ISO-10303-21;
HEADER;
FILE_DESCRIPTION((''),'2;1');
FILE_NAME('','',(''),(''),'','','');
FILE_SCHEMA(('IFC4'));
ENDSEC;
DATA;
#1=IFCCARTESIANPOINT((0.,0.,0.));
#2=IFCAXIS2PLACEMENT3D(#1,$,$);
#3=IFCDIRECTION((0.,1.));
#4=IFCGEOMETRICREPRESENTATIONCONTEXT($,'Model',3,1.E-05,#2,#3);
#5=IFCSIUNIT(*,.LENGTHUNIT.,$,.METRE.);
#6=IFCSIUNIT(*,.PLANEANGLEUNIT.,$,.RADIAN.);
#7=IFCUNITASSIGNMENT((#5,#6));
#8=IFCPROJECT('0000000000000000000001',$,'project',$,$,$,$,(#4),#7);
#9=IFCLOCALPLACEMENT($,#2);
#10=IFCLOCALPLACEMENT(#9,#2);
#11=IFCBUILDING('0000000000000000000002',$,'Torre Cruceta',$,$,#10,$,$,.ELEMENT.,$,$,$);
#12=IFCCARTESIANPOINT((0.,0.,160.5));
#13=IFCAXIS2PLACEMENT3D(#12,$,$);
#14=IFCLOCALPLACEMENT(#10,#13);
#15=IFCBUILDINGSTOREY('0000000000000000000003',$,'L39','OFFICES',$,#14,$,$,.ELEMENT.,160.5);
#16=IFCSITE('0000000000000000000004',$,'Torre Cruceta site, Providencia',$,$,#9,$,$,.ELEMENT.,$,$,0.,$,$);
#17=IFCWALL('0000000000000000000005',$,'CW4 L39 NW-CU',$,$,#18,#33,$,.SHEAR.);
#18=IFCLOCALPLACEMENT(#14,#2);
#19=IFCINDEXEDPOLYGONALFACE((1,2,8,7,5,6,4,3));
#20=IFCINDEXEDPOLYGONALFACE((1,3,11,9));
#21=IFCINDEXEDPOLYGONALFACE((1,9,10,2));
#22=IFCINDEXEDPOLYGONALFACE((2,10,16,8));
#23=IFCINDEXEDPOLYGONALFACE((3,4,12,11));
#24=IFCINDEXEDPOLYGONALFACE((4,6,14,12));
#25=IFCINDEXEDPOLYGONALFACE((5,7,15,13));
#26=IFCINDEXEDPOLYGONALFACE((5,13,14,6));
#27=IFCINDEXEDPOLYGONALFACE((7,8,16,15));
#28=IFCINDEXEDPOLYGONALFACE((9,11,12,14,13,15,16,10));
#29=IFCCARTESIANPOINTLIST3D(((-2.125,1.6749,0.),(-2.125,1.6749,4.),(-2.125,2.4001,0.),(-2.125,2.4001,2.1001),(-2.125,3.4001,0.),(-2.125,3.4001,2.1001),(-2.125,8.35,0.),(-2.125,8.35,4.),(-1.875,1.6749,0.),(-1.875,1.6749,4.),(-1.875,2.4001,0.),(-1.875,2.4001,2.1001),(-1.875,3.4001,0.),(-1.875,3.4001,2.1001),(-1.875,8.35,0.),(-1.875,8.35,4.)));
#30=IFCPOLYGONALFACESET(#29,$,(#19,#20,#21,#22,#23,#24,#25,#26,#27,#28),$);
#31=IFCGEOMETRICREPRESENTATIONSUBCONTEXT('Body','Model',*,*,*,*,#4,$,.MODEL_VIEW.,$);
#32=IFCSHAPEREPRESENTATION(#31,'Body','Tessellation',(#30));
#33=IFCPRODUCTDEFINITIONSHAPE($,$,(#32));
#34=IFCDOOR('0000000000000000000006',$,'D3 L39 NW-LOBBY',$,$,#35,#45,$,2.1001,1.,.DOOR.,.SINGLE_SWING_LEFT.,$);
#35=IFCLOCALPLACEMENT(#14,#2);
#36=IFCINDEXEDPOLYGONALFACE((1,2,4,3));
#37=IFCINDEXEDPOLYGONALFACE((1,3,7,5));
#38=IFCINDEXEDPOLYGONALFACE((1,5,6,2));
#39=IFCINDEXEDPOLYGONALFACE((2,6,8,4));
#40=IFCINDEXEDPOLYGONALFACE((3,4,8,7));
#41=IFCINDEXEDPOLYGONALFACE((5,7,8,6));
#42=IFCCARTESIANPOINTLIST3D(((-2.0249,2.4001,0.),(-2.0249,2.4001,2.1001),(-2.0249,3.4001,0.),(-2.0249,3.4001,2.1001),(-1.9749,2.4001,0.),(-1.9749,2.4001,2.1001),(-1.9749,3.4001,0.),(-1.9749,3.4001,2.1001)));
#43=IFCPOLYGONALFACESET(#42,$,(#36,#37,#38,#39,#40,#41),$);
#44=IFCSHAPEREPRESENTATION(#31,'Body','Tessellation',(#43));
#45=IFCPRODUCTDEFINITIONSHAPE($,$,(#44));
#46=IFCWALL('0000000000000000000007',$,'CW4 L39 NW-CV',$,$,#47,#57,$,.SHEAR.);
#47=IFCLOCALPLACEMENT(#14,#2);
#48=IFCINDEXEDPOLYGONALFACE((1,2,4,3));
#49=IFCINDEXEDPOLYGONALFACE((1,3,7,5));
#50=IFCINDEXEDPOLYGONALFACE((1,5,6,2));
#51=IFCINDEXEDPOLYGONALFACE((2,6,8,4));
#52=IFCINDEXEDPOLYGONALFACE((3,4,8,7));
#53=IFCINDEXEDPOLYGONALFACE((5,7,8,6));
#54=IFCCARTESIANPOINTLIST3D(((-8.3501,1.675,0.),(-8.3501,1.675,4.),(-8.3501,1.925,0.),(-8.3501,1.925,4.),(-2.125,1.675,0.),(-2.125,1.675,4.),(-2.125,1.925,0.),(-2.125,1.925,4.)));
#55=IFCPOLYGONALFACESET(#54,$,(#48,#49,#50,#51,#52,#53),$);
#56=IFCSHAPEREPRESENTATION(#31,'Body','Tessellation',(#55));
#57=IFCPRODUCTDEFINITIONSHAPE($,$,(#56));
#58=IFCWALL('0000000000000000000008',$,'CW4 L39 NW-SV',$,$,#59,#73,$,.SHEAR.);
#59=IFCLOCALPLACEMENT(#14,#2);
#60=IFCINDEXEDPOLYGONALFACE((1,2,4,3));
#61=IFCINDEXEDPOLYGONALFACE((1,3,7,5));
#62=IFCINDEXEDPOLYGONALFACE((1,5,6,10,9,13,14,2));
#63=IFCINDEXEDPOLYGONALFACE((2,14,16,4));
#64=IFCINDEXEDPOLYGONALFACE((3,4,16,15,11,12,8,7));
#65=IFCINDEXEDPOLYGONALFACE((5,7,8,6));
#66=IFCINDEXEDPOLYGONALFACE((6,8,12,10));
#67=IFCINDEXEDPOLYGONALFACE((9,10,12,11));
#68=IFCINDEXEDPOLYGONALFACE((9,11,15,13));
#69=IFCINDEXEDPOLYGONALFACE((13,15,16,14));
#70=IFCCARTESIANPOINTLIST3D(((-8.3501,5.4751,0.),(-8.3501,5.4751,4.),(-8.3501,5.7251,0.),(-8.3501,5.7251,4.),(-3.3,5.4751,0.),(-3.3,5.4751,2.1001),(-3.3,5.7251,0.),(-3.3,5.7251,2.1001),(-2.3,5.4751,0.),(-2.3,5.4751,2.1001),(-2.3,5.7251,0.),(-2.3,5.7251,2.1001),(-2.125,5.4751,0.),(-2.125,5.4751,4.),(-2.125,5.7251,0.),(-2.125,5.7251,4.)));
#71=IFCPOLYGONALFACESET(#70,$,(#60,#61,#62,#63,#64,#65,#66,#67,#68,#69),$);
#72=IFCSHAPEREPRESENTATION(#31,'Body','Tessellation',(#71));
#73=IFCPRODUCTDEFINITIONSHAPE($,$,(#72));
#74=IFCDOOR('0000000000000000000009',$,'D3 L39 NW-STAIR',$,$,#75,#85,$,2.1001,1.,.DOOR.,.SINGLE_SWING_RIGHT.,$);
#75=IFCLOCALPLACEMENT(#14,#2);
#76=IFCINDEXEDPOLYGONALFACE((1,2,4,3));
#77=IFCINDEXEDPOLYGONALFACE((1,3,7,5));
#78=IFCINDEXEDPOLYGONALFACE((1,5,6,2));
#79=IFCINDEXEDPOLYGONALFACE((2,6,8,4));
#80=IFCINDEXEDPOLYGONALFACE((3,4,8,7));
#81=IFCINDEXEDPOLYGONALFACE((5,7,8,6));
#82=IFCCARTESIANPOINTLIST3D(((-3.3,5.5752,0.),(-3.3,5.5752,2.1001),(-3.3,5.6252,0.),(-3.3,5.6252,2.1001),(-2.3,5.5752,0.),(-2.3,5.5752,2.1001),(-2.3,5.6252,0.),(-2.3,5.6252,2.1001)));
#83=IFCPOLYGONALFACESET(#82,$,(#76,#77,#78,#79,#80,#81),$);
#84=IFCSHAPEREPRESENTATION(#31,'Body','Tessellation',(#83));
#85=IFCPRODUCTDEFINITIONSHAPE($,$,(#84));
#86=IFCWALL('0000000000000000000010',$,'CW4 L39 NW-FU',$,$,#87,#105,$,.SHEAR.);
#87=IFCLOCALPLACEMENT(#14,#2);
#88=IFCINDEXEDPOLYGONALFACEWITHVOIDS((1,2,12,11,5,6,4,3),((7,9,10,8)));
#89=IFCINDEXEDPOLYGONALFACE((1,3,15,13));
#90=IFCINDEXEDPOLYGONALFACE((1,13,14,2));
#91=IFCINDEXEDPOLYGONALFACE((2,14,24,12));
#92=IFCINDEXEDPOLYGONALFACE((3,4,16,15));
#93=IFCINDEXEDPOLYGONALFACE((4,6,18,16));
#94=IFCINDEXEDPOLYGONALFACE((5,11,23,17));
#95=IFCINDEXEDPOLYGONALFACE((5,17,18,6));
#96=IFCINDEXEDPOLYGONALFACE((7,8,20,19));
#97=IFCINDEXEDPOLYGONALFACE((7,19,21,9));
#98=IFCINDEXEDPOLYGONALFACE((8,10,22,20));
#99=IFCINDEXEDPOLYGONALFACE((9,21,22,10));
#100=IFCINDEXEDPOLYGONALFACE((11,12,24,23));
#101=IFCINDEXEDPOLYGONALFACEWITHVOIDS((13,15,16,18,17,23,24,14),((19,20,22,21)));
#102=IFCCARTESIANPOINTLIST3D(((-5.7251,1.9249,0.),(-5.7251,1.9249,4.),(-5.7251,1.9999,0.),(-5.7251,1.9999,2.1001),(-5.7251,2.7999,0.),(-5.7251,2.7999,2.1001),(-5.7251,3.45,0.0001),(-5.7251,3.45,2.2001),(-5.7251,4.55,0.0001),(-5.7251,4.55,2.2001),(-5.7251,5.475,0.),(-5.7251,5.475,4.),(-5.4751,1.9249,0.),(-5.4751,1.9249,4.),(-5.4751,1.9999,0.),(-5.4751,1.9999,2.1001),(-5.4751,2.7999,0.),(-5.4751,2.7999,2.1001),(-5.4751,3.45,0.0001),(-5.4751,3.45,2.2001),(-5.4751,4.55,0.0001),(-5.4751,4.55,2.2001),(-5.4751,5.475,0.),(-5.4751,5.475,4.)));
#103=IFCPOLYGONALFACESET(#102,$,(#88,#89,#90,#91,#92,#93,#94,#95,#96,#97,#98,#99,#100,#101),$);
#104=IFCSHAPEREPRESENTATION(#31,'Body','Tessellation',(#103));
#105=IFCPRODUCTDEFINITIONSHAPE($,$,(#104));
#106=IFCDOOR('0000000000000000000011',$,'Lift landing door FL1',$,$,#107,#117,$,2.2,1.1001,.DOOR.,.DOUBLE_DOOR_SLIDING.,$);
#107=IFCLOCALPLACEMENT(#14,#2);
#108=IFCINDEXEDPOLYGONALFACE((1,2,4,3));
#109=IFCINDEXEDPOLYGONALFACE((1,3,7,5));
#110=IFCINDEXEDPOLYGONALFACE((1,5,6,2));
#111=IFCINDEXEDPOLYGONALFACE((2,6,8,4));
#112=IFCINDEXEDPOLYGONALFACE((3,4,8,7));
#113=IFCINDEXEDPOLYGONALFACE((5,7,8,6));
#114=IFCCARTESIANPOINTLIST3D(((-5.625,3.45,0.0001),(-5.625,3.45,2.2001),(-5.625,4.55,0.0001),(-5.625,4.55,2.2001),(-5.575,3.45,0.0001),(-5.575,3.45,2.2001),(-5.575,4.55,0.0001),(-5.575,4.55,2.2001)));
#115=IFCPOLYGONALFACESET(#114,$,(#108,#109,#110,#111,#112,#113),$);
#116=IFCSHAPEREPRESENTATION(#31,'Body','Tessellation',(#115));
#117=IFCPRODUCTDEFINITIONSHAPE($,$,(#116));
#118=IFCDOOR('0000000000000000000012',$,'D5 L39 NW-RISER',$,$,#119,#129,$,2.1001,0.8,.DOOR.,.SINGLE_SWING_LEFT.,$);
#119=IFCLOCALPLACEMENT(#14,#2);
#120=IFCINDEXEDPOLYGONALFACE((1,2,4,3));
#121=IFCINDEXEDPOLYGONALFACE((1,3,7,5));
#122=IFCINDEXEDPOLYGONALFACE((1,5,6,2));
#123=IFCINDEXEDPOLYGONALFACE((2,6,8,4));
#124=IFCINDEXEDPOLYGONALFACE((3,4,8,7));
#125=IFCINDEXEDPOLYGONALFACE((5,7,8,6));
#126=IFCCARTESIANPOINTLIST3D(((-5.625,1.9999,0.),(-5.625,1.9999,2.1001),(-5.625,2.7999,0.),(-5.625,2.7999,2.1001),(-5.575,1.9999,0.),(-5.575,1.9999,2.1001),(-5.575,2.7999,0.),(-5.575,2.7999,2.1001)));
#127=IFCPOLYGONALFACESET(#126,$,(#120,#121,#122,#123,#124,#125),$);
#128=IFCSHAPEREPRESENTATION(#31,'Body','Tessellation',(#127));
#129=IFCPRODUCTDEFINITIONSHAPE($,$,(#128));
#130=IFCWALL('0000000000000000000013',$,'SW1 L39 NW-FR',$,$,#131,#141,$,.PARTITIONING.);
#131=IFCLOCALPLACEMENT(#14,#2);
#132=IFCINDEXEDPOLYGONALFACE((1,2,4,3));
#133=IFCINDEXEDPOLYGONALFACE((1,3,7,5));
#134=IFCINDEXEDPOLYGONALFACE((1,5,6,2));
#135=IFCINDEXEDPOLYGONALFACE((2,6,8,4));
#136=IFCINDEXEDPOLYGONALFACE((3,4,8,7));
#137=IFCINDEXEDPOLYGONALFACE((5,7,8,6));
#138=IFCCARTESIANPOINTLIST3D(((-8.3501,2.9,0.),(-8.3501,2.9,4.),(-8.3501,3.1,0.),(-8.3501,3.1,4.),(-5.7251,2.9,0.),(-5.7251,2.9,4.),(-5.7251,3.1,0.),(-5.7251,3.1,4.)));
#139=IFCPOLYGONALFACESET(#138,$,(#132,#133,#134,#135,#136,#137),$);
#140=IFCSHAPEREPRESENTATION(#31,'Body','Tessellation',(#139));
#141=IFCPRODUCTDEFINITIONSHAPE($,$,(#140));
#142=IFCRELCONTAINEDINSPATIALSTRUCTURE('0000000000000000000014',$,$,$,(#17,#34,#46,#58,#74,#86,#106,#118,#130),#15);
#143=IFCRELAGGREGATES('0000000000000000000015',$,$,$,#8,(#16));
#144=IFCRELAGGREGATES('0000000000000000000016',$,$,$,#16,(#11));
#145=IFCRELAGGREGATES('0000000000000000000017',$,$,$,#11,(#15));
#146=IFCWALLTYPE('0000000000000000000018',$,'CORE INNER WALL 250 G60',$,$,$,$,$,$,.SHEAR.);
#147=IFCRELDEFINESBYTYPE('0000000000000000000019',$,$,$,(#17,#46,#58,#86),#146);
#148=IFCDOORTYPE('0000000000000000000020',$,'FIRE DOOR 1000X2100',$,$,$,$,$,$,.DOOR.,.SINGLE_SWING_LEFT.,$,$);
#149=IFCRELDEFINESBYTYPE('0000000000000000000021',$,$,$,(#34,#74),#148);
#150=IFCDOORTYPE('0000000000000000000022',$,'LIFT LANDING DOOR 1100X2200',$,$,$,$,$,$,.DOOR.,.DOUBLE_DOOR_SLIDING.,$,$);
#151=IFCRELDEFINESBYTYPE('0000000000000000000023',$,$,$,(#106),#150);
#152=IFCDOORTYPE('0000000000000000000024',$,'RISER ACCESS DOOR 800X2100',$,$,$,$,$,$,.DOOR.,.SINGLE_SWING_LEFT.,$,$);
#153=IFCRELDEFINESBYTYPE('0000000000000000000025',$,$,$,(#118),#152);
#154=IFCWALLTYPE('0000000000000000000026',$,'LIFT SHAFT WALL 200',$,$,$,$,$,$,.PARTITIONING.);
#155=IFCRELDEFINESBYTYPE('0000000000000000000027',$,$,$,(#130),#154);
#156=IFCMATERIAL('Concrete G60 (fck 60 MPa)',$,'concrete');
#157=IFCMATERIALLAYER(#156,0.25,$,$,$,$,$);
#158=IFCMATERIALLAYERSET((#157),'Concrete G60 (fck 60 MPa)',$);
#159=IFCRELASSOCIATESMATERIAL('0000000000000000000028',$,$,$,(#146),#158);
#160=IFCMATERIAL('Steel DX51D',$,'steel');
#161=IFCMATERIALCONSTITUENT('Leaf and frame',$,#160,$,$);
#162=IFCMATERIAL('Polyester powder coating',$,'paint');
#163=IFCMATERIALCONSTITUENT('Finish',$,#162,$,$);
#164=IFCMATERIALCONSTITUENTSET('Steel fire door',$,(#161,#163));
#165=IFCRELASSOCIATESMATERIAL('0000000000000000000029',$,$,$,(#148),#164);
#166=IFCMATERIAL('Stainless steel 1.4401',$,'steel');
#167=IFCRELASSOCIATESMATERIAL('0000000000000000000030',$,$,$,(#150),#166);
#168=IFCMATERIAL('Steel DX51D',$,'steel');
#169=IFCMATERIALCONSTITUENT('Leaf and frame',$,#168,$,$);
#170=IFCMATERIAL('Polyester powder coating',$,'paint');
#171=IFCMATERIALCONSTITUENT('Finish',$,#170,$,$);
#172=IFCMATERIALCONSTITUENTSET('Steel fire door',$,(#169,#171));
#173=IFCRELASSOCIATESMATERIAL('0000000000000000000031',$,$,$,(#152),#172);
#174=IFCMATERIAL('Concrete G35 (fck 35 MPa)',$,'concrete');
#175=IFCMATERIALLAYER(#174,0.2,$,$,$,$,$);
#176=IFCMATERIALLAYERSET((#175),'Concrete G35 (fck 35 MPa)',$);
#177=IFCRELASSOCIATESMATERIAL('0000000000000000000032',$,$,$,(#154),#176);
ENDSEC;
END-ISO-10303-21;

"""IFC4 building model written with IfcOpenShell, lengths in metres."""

from ifc_helpers import new_model, si_unit, direction, frame, frame_2d, origin, place, context, subcontext, project, spatial, rectangle, extrude, material, layer, layer_set, constituent, constituent_set, type_object, element, fill, save


model = new_model("IFC4")

# Units and contexts
model_context = context("Model", 3, precision=1e-05, world=origin(), true_north=direction((0.0, 1.0)))
body_context = subcontext(model_context, "Body", "Model", "MODEL_VIEW")
ifc_project = project(units=[si_unit("LENGTHUNIT", "METRE"), si_unit("PLANEANGLEUNIT", "RADIAN")], contexts=[model_context])

# Site, building, storey
site_placement = place(None, origin())
site = spatial("IfcSite", under=ifc_project, at=site_placement, Name="Torre Cruceta site, Providencia", CompositionType="ELEMENT", RefElevation=0.0)
building_placement = place(site_placement, origin())
building = spatial("IfcBuilding", under=site, at=building_placement, Name="Torre Cruceta", CompositionType="ELEMENT")
storey_placement = place(building_placement, frame((0.0, 0.0, 160.5)))
storey = spatial("IfcBuildingStorey", under=building, at=storey_placement, Name="L39", Description="OFFICES", CompositionType="ELEMENT", Elevation=160.5)

# Wall, opening, door
ifc_material_1 = material(Name="Concrete G60 (fck 60 MPa)", Category="concrete")
ifc_layer_1 = layer(ifc_material_1, 0.25)
ifc_layer_set_1 = layer_set([ifc_layer_1], Name="Concrete G60 (fck 60 MPa)")
wall_type_1 = type_object("IfcWallType", Name="CORE INNER WALL 250 G60", PredefinedType="SHEAR", material=ifc_layer_set_1)
wall_1_placement = place(storey_placement, frame((-2.0, 1.675, 0.0), z_axis=(0.0, 0.0, 1.0), x_axis=(0.0, 1.0, 0.0)))
wall_1 = element("IfcWall", 1, at=wall_1_placement, inside=storey, type_object=wall_type_1, Name="CW4 L39 NW-CU", PredefinedType="SHEAR", context=body_context, shape_type="SweptSolid", body=[
    extrude(rectangle(XDim=6.675, YDim=0.25, at=frame_2d((3.3374, 0.0))), origin(), (0.0, 0.0, 1.0), 4.0),
])
opening_1_placement = place(wall_1_placement, frame((0.7251, 0.0, 0.0)))
opening_1 = element("IfcOpeningElement", 2, at=opening_1_placement, cuts=wall_1, PredefinedType="OPENING", context=body_context, shape_type="SweptSolid", body=[
    extrude(rectangle(XDim=1.0, YDim=2.1001, at=frame_2d((0.5, 1.05))), frame((0.0, 0.135, 0.0), z_axis=(0.0, -1.0, 0.0), x_axis=(1.0, 0.0, 0.0)), (0.0, 0.0, 1.0), 0.27),
])
ifc_material_2 = material(Name="Steel DX51D", Category="steel")
ifc_constituent_1 = constituent(ifc_material_2, Name="Leaf and frame")
ifc_material_3 = material(Name="Polyester powder coating", Category="paint")
ifc_constituent_2 = constituent(ifc_material_3, Name="Finish")
ifc_constituent_set_1 = constituent_set(constituents=[ifc_constituent_1, ifc_constituent_2], Name="Steel fire door")
door_type_1 = type_object("IfcDoorType", Name="FIRE DOOR 1000X2100", OperationType="SINGLE_SWING_LEFT", PredefinedType="DOOR", material=ifc_constituent_set_1)
door_1_placement = place(opening_1_placement, origin())
door_1 = element("IfcDoor", 3, at=door_1_placement, inside=storey, type_object=door_type_1, Name="D3 L39 NW-LOBBY", OperationType="SINGLE_SWING_LEFT", OverallHeight=2.1001, OverallWidth=1.0, PredefinedType="DOOR", context=body_context, shape_type="SweptSolid", body=[
    extrude(rectangle(XDim=1.0, YDim=2.1001, at=frame_2d((0.5, 1.05))), frame((0.0, 0.0249, 0.0), z_axis=(0.0, -1.0, 0.0), x_axis=(1.0, 0.0, 0.0)), (0.0, 0.0, 1.0), 0.05),
])
fill(opening_1, door_1)

# Wall
wall_2_placement = place(storey_placement, frame((-2.125, 1.8, 0.0), z_axis=(0.0, 0.0, 1.0), x_axis=(-1.0, 0.0, 0.0)))
element("IfcWall", 4, at=wall_2_placement, inside=storey, type_object=wall_type_1, Name="CW4 L39 NW-CV", PredefinedType="SHEAR", context=body_context, shape_type="SweptSolid", body=[
    extrude(rectangle(XDim=6.2251, YDim=0.25, at=frame_2d((3.1125, 0.0))), origin(), (0.0, 0.0, 1.0), 4.0),
])

# Wall, opening, door
wall_3_placement = place(storey_placement, frame((-2.125, 5.6001, 0.0), z_axis=(0.0, 0.0, 1.0), x_axis=(-1.0, 0.0, 0.0)))
wall_3 = element("IfcWall", 5, at=wall_3_placement, inside=storey, type_object=wall_type_1, Name="CW4 L39 NW-SV", PredefinedType="SHEAR", context=body_context, shape_type="SweptSolid", body=[
    extrude(rectangle(XDim=6.2251, YDim=0.25, at=frame_2d((3.1125, 0.0))), origin(), (0.0, 0.0, 1.0), 4.0),
])
opening_2_placement = place(wall_3_placement, frame((0.175, 0.0, 0.0)))
opening_2 = element("IfcOpeningElement", 6, at=opening_2_placement, cuts=wall_3, PredefinedType="OPENING", context=body_context, shape_type="SweptSolid", body=[
    extrude(rectangle(XDim=1.0, YDim=2.1001, at=frame_2d((0.5, 1.05))), frame((0.0, 0.135, 0.0), z_axis=(0.0, -1.0, 0.0), x_axis=(1.0, 0.0, 0.0)), (0.0, 0.0, 1.0), 0.27),
])
door_2_placement = place(opening_2_placement, frame((1.0, 0.0, 0.0), z_axis=(0.0, 0.0, 1.0), x_axis=(-1.0, 0.0, 0.0)))
door_2 = element("IfcDoor", 7, at=door_2_placement, inside=storey, type_object=door_type_1, Name="D3 L39 NW-STAIR", OperationType="SINGLE_SWING_RIGHT", OverallHeight=2.1001, OverallWidth=1.0, PredefinedType="DOOR", context=body_context, shape_type="SweptSolid", body=[
    extrude(rectangle(XDim=1.0, YDim=2.1001, at=frame_2d((0.5, 1.05))), frame((0.0, 0.0251, 0.0), z_axis=(0.0, -1.0, 0.0), x_axis=(1.0, 0.0, 0.0)), (0.0, 0.0, 1.0), 0.05),
])
fill(opening_2, door_2)

# Wall, openings, doors
wall_4_placement = place(storey_placement, frame((-5.6001, 1.925, 0.0), z_axis=(0.0, 0.0, 1.0), x_axis=(0.0, 1.0, 0.0)))
wall_4 = element("IfcWall", 8, at=wall_4_placement, inside=storey, type_object=wall_type_1, Name="CW4 L39 NW-FU", PredefinedType="SHEAR", context=body_context, shape_type="SweptSolid", body=[
    extrude(rectangle(XDim=3.55, YDim=0.25, at=frame_2d((1.7749, 0.0))), origin(), (0.0, 0.0, 1.0), 4.0),
])
opening_3_placement = place(wall_4_placement, frame((1.5249, 0.0, 0.0)))
opening_3 = element("IfcOpeningElement", 9, at=opening_3_placement, cuts=wall_4, PredefinedType="OPENING", context=body_context, shape_type="SweptSolid", body=[
    extrude(rectangle(XDim=1.1001, YDim=2.2, at=frame_2d((0.55, 1.1001))), frame((0.0, 0.135, 0.0), z_axis=(0.0, -1.0, 0.0), x_axis=(1.0, 0.0, 0.0)), (0.0, 0.0, 1.0), 0.27),
])
opening_4_placement = place(wall_4_placement, frame((0.075, 0.0, 0.0)))
opening_4 = element("IfcOpeningElement", 10, at=opening_4_placement, cuts=wall_4, PredefinedType="OPENING", context=body_context, shape_type="SweptSolid", body=[
    extrude(rectangle(XDim=0.8, YDim=2.1001, at=frame_2d((0.3999, 1.05))), frame((0.0, 0.135, 0.0), z_axis=(0.0, -1.0, 0.0), x_axis=(1.0, 0.0, 0.0)), (0.0, 0.0, 1.0), 0.27),
])
ifc_material_4 = material(Name="Stainless steel 1.4401", Category="steel")
door_type_2 = type_object("IfcDoorType", Name="LIFT LANDING DOOR 1100X2200", OperationType="DOUBLE_DOOR_SLIDING", PredefinedType="DOOR", material=ifc_material_4)
door_3_placement = place(opening_3_placement, origin())
door_3 = element("IfcDoor", 11, at=door_3_placement, inside=storey, type_object=door_type_2, Name="Lift landing door FL1", OperationType="DOUBLE_DOOR_SLIDING", OverallHeight=2.2, OverallWidth=1.1001, PredefinedType="DOOR", context=body_context, shape_type="SweptSolid", body=[
    extrude(rectangle(XDim=1.1001, YDim=2.2, at=frame_2d((0.55, 1.1001))), frame((0.0, 0.0249, 0.0), z_axis=(0.0, -1.0, 0.0), x_axis=(1.0, 0.0, 0.0)), (0.0, 0.0, 1.0), 0.05),
])
fill(opening_3, door_3)
ifc_material_5 = material(Name="Steel DX51D", Category="steel")
ifc_constituent_3 = constituent(ifc_material_5, Name="Leaf and frame")
ifc_material_6 = material(Name="Polyester powder coating", Category="paint")
ifc_constituent_4 = constituent(ifc_material_6, Name="Finish")
ifc_constituent_set_2 = constituent_set(constituents=[ifc_constituent_3, ifc_constituent_4], Name="Steel fire door")
door_type_3 = type_object("IfcDoorType", Name="RISER ACCESS DOOR 800X2100", OperationType="SINGLE_SWING_LEFT", PredefinedType="DOOR", material=ifc_constituent_set_2)
door_4_placement = place(opening_4_placement, origin())
door_4 = element("IfcDoor", 12, at=door_4_placement, inside=storey, type_object=door_type_3, Name="D5 L39 NW-RISER", OperationType="SINGLE_SWING_LEFT", OverallHeight=2.1001, OverallWidth=0.8, PredefinedType="DOOR", context=body_context, shape_type="SweptSolid", body=[
    extrude(rectangle(XDim=0.8, YDim=2.1001, at=frame_2d((0.3999, 1.05))), frame((0.0, 0.0249, 0.0), z_axis=(0.0, -1.0, 0.0), x_axis=(1.0, 0.0, 0.0)), (0.0, 0.0, 1.0), 0.05),
])
fill(opening_4, door_4)

# Wall
ifc_material_7 = material(Name="Concrete G35 (fck 35 MPa)", Category="concrete")
ifc_layer_2 = layer(ifc_material_7, 0.2)
ifc_layer_set_2 = layer_set([ifc_layer_2], Name="Concrete G35 (fck 35 MPa)")
wall_type_2 = type_object("IfcWallType", Name="LIFT SHAFT WALL 200", PredefinedType="PARTITIONING", material=ifc_layer_set_2)
wall_5_placement = place(storey_placement, frame((-5.7251, 3.0, 0.0), z_axis=(0.0, 0.0, 1.0), x_axis=(-1.0, 0.0, 0.0)))
element("IfcWall", 13, at=wall_5_placement, inside=storey, type_object=wall_type_2, Name="SW1 L39 NW-FR", PredefinedType="PARTITIONING", context=body_context, shape_type="SweptSolid", body=[
    extrude(rectangle(XDim=2.625, YDim=0.2, at=frame_2d((1.3125, 0.0))), origin(), (0.0, 0.0, 1.0), 4.0),
])

save(model, "model.ifc")
